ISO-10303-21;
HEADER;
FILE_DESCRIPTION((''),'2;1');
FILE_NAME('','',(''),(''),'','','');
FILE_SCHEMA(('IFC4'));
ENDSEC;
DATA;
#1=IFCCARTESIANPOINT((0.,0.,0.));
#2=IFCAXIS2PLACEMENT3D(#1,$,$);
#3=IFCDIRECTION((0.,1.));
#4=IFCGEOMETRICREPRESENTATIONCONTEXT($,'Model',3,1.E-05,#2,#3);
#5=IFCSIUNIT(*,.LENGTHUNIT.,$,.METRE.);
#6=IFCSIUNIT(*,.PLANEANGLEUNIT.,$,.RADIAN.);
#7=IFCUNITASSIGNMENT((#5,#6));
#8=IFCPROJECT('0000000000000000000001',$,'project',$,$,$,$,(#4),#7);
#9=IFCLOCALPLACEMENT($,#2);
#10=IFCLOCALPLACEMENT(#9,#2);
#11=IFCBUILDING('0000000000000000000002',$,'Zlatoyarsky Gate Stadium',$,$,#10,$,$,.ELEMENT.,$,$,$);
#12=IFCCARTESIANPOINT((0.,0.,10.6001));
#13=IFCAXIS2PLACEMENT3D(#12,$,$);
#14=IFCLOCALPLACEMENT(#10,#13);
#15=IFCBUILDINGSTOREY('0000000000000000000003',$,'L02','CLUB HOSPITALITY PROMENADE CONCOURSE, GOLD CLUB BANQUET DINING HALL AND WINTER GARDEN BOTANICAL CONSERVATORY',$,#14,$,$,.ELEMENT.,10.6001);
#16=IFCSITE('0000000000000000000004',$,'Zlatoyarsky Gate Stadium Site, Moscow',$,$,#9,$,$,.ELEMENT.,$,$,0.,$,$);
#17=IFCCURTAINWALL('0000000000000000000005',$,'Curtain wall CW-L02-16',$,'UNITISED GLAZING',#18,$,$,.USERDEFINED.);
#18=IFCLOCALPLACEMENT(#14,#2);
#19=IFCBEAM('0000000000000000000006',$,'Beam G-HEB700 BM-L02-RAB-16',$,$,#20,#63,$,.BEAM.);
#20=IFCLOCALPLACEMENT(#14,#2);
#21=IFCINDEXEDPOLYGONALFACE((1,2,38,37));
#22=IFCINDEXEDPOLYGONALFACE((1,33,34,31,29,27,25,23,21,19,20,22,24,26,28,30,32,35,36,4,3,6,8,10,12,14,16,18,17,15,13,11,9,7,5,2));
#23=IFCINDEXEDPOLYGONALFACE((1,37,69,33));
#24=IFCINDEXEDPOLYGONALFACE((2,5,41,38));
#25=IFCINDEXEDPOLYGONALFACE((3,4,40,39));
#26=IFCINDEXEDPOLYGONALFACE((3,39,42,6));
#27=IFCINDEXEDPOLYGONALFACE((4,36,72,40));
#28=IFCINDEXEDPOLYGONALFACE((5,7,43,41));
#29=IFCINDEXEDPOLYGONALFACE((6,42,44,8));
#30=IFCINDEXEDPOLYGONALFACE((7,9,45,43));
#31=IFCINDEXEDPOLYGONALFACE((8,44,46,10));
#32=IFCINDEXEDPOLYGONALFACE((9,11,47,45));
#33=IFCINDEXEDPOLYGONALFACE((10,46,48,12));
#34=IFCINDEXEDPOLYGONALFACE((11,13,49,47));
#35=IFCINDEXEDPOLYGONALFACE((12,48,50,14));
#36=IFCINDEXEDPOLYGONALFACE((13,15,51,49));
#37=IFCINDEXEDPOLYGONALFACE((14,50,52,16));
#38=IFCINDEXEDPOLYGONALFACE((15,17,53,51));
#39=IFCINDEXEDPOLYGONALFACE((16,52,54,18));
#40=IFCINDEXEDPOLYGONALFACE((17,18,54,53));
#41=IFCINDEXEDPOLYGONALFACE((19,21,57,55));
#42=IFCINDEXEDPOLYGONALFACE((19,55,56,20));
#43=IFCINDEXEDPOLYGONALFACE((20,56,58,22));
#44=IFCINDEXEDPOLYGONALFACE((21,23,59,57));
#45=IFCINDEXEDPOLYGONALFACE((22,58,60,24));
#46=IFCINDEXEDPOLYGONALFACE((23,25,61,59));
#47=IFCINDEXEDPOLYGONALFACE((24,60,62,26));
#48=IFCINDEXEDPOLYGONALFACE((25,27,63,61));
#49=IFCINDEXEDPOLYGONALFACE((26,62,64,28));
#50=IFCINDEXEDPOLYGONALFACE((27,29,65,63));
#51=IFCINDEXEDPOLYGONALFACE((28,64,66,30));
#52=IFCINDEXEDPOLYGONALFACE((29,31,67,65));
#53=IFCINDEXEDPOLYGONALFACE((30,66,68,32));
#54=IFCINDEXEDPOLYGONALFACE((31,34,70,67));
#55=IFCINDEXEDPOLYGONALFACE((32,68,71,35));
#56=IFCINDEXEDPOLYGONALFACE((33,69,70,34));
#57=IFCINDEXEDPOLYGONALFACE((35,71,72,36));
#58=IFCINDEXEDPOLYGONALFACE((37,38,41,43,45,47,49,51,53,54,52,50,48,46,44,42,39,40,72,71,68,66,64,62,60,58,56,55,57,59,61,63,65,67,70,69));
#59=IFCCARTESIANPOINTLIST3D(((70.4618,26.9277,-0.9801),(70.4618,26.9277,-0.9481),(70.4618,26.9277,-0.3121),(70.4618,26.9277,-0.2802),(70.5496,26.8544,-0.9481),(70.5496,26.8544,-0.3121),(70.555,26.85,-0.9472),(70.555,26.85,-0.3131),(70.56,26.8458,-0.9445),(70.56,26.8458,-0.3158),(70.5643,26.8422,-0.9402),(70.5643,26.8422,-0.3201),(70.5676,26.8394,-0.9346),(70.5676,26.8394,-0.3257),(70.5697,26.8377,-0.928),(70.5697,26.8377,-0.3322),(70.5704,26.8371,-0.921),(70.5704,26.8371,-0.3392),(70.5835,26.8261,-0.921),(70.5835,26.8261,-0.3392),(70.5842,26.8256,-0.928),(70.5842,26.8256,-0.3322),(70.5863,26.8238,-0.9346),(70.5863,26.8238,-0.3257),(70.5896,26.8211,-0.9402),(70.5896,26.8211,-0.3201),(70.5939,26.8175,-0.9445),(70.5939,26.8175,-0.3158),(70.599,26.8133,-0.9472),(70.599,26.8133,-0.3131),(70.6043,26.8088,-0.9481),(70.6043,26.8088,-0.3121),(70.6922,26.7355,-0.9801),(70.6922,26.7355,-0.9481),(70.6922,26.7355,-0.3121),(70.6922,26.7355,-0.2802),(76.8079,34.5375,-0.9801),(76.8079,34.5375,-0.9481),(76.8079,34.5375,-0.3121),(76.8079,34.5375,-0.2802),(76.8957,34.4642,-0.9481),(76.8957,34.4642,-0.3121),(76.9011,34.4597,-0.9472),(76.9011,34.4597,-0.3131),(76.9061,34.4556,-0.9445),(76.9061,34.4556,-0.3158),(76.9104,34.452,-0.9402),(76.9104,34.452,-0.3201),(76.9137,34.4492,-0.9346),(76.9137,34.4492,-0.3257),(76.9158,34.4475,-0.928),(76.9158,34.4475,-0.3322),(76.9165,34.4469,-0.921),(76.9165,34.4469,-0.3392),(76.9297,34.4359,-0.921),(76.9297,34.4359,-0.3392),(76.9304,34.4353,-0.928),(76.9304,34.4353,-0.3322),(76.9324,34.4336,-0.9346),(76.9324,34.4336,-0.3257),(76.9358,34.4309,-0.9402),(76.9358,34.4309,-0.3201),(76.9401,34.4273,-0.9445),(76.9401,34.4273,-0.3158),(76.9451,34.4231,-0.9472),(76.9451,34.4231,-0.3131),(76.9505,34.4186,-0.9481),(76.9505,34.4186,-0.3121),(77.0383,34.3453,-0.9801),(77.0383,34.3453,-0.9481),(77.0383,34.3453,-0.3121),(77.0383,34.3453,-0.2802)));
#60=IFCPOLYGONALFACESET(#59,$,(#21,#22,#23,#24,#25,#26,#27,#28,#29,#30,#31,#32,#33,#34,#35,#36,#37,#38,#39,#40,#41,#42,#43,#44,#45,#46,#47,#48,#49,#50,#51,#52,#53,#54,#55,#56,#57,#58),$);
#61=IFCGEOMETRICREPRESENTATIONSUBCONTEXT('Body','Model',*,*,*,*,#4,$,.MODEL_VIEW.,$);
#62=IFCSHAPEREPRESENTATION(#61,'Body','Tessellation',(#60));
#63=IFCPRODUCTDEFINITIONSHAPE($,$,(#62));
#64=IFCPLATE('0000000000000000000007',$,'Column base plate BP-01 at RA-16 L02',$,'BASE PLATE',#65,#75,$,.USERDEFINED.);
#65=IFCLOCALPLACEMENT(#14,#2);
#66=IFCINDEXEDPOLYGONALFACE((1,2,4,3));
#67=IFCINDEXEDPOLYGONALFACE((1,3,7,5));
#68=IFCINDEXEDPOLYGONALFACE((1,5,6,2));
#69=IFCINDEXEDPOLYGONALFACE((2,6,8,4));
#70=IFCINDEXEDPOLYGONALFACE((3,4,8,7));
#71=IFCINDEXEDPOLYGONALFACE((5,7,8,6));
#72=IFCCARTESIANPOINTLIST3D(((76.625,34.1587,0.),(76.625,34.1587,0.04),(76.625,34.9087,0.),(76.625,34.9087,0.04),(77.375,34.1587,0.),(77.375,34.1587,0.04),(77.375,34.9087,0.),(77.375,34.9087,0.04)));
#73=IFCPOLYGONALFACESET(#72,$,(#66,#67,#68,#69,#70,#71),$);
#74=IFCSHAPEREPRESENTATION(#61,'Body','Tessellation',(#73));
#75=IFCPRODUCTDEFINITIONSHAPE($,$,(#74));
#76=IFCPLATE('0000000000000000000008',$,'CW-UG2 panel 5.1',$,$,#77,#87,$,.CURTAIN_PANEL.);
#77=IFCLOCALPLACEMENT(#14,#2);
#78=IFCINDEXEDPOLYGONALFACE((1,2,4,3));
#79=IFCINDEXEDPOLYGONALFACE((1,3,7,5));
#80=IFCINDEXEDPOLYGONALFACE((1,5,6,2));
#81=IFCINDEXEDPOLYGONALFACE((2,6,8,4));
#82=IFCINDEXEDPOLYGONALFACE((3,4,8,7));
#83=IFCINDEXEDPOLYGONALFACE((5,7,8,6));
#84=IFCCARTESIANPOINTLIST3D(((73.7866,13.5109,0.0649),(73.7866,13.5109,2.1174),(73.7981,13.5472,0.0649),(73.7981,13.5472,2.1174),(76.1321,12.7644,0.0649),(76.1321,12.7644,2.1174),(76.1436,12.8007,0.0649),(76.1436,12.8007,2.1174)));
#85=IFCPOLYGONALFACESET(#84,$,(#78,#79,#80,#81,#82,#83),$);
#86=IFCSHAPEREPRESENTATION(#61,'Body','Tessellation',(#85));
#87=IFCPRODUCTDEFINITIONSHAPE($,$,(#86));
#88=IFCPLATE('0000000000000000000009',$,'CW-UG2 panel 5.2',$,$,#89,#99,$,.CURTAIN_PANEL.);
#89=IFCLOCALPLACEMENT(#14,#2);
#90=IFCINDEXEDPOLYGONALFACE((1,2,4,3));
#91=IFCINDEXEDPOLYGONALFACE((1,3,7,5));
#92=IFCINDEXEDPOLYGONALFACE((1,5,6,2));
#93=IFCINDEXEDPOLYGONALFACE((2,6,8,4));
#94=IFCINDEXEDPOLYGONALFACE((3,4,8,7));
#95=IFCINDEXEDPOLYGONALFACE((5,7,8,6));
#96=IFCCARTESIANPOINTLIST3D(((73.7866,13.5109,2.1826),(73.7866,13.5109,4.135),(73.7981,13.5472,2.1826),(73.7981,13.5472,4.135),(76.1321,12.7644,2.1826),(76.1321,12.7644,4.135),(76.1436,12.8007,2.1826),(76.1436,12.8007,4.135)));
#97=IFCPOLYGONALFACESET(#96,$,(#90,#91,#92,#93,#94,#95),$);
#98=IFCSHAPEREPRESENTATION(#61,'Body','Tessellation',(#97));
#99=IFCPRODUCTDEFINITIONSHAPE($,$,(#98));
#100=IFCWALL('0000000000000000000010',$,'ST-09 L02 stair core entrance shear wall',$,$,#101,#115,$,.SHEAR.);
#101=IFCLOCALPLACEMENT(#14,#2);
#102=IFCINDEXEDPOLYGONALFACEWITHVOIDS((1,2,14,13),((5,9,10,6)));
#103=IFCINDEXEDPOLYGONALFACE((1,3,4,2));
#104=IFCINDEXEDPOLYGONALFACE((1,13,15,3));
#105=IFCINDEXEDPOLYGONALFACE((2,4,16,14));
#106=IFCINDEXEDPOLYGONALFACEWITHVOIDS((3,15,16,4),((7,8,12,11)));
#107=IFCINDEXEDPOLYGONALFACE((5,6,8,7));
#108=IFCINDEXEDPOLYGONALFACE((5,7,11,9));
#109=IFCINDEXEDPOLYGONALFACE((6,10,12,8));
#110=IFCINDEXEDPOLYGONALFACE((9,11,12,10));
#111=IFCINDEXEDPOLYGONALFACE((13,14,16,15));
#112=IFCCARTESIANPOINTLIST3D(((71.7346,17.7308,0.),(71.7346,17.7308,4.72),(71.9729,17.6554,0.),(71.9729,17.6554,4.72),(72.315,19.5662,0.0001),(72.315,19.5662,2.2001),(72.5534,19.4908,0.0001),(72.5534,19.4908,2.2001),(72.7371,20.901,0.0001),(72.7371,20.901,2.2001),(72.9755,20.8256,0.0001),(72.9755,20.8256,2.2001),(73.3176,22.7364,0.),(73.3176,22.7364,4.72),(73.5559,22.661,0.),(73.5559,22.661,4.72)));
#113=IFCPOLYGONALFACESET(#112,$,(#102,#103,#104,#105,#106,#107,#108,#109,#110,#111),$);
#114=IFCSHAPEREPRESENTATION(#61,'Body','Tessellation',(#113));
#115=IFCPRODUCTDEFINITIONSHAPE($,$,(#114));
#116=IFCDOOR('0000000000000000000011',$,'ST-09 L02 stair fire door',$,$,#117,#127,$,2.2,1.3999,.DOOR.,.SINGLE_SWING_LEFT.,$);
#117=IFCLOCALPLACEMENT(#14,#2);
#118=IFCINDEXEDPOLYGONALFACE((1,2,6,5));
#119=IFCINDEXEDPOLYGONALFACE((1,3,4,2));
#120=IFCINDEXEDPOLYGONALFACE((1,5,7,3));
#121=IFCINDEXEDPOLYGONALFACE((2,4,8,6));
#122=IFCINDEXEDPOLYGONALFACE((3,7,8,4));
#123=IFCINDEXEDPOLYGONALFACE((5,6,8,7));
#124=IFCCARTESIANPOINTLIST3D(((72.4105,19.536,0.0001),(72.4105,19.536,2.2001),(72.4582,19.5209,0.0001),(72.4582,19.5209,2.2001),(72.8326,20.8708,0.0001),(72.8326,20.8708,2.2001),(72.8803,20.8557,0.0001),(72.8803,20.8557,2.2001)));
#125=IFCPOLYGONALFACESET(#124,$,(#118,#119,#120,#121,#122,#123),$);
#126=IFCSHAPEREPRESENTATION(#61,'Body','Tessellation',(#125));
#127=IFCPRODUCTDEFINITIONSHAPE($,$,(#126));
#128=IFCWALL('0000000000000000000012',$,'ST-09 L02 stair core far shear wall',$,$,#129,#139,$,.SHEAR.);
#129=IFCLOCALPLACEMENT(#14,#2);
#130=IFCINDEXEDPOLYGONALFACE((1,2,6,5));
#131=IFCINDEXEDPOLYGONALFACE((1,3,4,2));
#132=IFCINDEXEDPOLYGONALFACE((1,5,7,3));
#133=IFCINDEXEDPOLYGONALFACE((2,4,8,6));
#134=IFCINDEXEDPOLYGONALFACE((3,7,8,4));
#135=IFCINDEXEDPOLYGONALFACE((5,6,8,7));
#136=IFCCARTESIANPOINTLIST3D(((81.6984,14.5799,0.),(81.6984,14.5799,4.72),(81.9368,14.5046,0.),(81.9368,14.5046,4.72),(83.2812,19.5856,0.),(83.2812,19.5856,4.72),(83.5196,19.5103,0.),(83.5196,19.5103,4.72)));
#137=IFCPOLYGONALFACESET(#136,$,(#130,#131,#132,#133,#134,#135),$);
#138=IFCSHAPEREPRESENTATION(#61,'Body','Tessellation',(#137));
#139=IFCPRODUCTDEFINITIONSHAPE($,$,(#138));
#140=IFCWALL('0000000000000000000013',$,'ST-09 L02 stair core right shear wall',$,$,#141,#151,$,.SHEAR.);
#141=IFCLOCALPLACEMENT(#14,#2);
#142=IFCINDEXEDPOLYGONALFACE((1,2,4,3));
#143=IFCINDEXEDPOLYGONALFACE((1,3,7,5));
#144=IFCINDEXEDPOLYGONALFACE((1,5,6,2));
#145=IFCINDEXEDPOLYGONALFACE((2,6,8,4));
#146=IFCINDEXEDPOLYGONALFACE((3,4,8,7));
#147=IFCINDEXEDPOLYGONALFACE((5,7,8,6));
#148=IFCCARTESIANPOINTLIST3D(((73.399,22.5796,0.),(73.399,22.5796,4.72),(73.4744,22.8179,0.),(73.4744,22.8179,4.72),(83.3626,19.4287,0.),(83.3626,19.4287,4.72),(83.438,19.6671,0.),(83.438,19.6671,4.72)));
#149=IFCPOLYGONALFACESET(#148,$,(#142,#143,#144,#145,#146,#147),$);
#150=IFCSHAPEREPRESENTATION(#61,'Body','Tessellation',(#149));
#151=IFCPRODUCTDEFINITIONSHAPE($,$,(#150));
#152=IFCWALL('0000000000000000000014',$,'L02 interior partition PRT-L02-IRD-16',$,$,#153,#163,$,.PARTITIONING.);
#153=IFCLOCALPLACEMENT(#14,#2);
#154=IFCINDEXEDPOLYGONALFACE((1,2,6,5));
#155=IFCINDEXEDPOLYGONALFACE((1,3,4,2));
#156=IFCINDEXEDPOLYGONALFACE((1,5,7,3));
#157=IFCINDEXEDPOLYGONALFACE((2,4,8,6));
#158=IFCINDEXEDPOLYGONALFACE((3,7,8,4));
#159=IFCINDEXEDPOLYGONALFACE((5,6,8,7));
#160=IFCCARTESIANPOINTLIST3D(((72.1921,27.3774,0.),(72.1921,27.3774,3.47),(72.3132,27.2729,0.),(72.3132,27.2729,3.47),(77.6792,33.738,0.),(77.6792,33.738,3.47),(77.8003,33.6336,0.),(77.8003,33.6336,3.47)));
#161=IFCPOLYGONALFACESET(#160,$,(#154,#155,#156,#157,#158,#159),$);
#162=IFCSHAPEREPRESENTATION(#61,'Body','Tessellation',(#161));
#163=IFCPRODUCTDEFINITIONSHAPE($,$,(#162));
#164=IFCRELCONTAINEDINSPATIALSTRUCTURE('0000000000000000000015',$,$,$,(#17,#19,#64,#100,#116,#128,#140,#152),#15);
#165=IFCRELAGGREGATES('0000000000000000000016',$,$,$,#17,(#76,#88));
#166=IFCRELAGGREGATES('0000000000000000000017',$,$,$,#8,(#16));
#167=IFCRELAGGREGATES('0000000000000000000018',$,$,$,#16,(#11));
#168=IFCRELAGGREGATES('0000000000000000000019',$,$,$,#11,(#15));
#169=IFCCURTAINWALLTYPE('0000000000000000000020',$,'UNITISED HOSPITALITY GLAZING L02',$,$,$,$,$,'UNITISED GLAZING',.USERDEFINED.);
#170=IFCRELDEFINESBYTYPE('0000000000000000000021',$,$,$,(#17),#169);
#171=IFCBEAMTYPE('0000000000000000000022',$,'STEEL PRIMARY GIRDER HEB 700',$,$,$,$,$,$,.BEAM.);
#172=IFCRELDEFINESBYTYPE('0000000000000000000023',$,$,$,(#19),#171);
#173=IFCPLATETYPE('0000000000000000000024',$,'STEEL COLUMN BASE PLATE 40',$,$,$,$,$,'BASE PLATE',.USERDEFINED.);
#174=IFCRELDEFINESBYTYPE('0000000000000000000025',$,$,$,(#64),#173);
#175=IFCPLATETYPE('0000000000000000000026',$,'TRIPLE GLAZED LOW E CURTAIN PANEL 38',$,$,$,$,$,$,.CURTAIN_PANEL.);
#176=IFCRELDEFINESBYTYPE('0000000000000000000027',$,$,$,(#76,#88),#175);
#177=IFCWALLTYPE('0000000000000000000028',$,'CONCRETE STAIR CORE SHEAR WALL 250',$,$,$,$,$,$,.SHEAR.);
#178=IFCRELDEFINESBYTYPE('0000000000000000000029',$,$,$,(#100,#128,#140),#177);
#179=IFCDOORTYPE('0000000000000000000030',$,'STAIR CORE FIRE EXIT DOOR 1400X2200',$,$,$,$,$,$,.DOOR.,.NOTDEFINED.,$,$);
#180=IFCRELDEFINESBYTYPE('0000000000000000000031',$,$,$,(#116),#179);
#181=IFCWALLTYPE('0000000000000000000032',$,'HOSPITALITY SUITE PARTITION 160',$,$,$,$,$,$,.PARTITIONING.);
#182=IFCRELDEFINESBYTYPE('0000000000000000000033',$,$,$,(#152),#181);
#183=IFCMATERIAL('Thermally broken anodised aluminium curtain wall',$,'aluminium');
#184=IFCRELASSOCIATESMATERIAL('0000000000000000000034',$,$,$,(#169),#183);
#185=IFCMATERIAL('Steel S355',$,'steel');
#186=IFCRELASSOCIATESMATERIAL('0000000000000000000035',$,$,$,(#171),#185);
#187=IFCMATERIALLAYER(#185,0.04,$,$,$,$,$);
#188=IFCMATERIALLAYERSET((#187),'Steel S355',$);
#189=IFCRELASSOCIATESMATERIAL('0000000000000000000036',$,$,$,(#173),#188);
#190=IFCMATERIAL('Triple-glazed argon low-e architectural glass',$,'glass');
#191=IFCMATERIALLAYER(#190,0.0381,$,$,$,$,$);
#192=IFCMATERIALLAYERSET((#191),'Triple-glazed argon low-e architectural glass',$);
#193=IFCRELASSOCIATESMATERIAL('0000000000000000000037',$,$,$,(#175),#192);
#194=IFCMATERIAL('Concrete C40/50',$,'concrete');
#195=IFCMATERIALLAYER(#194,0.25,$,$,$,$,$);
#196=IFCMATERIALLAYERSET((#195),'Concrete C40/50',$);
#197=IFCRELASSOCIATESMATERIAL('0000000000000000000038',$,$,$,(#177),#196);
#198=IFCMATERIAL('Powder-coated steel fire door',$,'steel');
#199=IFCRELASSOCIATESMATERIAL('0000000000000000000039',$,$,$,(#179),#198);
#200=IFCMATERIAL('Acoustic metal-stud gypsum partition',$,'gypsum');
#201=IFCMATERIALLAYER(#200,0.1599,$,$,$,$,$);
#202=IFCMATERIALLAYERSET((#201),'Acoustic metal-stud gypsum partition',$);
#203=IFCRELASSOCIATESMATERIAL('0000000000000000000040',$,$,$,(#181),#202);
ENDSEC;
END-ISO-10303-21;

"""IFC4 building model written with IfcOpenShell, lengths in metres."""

from ifc_helpers import new_model, si_unit, direction, frame, frame_2d, origin, origin_2d, place, context, subcontext, project, spatial, rectangle, i_section, extrude, material, layer, layer_set, material_profile, profile_set, type_object, element, fill, aggregate, save


model = new_model("IFC4")

# Units and contexts
model_context = context("Model", 3, precision=1e-05, world=origin(), true_north=direction((0.0, 1.0)))
body_context = subcontext(model_context, "Body", "Model", "MODEL_VIEW")
ifc_project = project(units=[si_unit("LENGTHUNIT", "METRE"), si_unit("PLANEANGLEUNIT", "RADIAN")], contexts=[model_context])

# Site, building, storey
site_placement = place(None, origin())
site = spatial("IfcSite", under=ifc_project, at=site_placement, Name="Zlatoyarsky Gate Stadium Site, Moscow", CompositionType="ELEMENT", RefElevation=0.0)
building_placement = place(site_placement, origin())
building = spatial("IfcBuilding", under=site, at=building_placement, Name="Zlatoyarsky Gate Stadium", CompositionType="ELEMENT")
storey_placement = place(building_placement, frame((0.0, 0.0, 10.6001)))
storey = spatial("IfcBuildingStorey", under=building, at=storey_placement, Name="L02", Description="CLUB HOSPITALITY PROMENADE CONCOURSE, GOLD CLUB BANQUET DINING HALL AND WINTER GARDEN BOTANICAL CONSERVATORY", CompositionType="ELEMENT", Elevation=10.6001)

# Shared definitions
ifc_material_1 = material(Name="Steel S355", Category="steel")

# Curtain wall
ifc_material_2 = material(Name="Thermally broken anodised aluminium curtain wall", Category="aluminium")
curtain_wall_type = type_object("IfcCurtainWallType", Name="UNITISED HOSPITALITY GLAZING L02", ElementType="UNITISED GLAZING", PredefinedType="USERDEFINED", material=ifc_material_2)
curtain_wall_placement = place(storey_placement, origin())
curtain_wall = element("IfcCurtainWall", 1, at=curtain_wall_placement, inside=storey, type_object=curtain_wall_type, Name="Curtain wall CW-L02-16", ObjectType="UNITISED GLAZING", PredefinedType="USERDEFINED")

# Beam
ifc_material_profile_1 = material_profile(ifc_material_1, i_section(OverallWidth=0.3, OverallDepth=0.7, WebThickness=0.0171, FlangeThickness=0.032, FilletRadius=0.0271, at=origin_2d()), Name="HEB 700")
ifc_profile_set_1 = profile_set([ifc_material_profile_1], Name="Steel S355")
beam_type_1 = type_object("IfcBeamType", Name="STEEL PRIMARY GIRDER HEB 700", PredefinedType="BEAM", material=ifc_profile_set_1)
beam_1_placement = place(storey_placement, frame((76.9231, 34.4414, -0.6301), z_axis=(-0.640461, -0.767991, 0.0), x_axis=(0.767991, -0.640461, 0.0)))
element("IfcBeam", 2, at=beam_1_placement, inside=storey, type_object=beam_type_1, Name="Beam G-HEB700 BM-L02-RAB-16", PredefinedType="BEAM", context=body_context, shape_type="SweptSolid", body=[
    extrude(i_section(OverallWidth=0.3, OverallDepth=0.7, WebThickness=0.0171, FlangeThickness=0.032, FilletRadius=0.0271, at=origin_2d()), origin(), (0.0, 0.0, 1.0), 9.9087),
])

# Plates
ifc_layer_1 = layer(ifc_material_1, 0.04)
ifc_layer_set_1 = layer_set([ifc_layer_1], Name="Steel S355")
plate_type_1 = type_object("IfcPlateType", Name="STEEL COLUMN BASE PLATE 40", ElementType="BASE PLATE", PredefinedType="USERDEFINED", material=ifc_layer_set_1)
plate_1_placement = place(storey_placement, frame((77.0, 34.5337, 0.0), z_axis=(0.0, 0.0, 1.0), x_axis=(1.0, 0.0, 0.0)))
element("IfcPlate", 3, at=plate_1_placement, inside=storey, type_object=plate_type_1, Name="Column base plate BP-01 at RA-16 L02", ObjectType="BASE PLATE", PredefinedType="USERDEFINED", context=body_context, shape_type="SweptSolid", body=[
    extrude(rectangle(XDim=0.75, YDim=0.75, at=origin_2d()), origin(), (0.0, 0.0, 1.0), 0.04),
])
ifc_material_3 = material(Name="Triple-glazed argon low-e architectural glass", Category="glass")
ifc_layer_2 = layer(ifc_material_3, 0.0381)
ifc_layer_set_2 = layer_set([ifc_layer_2], Name="Triple-glazed argon low-e architectural glass")
plate_type_2 = type_object("IfcPlateType", Name="TRIPLE GLAZED LOW E CURTAIN PANEL 38", PredefinedType="CURTAIN_PANEL", material=ifc_layer_set_2)
plate_2_placement = place(storey_placement, frame((74.9651, 13.1558, 0.0649), z_axis=(0.0, 0.0, 1.0), x_axis=(0.952902, -0.303278, 0.0)))
plate_2 = element("IfcPlate", 4, at=plate_2_placement, type_object=plate_type_2, Name="CW-UG2 panel 5.1", PredefinedType="CURTAIN_PANEL", context=body_context, shape_type="SweptSolid", body=[
    extrude(rectangle(XDim=2.4614, YDim=0.0381, at=origin_2d()), origin(), (0.0, 0.0, 1.0), 2.0525),
])
plate_3_placement = place(storey_placement, frame((74.9651, 13.1558, 2.1826), z_axis=(0.0, 0.0, 1.0), x_axis=(0.952902, -0.303278, 0.0)))
plate_3 = element("IfcPlate", 5, at=plate_3_placement, type_object=plate_type_2, Name="CW-UG2 panel 5.2", PredefinedType="CURTAIN_PANEL", context=body_context, shape_type="SweptSolid", body=[
    extrude(rectangle(XDim=2.4614, YDim=0.0381, at=origin_2d()), origin(), (0.0, 0.0, 1.0), 1.9524),
])
aggregate(curtain_wall, [plate_2, plate_3])

# Wall, opening, door
ifc_material_4 = material(Name="Concrete C40/50", Category="concrete")
ifc_layer_3 = layer(ifc_material_4, 0.25)
ifc_layer_set_3 = layer_set([ifc_layer_3], Name="Concrete C40/50")
wall_type_1 = type_object("IfcWallType", Name="CONCRETE STAIR CORE SHEAR WALL 250", PredefinedType="SHEAR", material=ifc_layer_set_3)
wall_1_placement = place(storey_placement, frame((73.4368, 22.6987, 0.0), z_axis=(0.0, 0.0, 1.0), x_axis=(-0.301527, -0.953457, 0.0)))
wall_1 = element("IfcWall", 6, at=wall_1_placement, inside=storey, type_object=wall_type_1, Name="ST-09 L02 stair core entrance shear wall", PredefinedType="SHEAR", context=body_context, shape_type="SweptSolid", body=[
    extrude(rectangle(XDim=5.25, YDim=0.25, at=frame_2d((2.625, 0.0))), origin(), (0.0, 0.0, 1.0), 4.72),
])
opening_1_placement = place(wall_1_placement, frame((1.925, 0.0, 0.0)))
opening_1 = element("IfcOpeningElement", 7, at=opening_1_placement, cuts=wall_1, PredefinedType="OPENING", context=body_context, shape_type="SweptSolid", body=[
    extrude(rectangle(XDim=1.3999, YDim=2.2, at=frame_2d((0.7, 1.1001))), frame((0.0, 0.135, 0.0), z_axis=(0.0, -1.0, 0.0), x_axis=(1.0, 0.0, 0.0)), (0.0, 0.0, 1.0), 0.27),
])
ifc_material_5 = material(Name="Powder-coated steel fire door", Category="steel")
door_type_1 = type_object("IfcDoorType", Name="STAIR CORE FIRE EXIT DOOR 1400X2200", OperationType="NOTDEFINED", PredefinedType="DOOR", material=ifc_material_5)
door_1_placement = place(opening_1_placement, frame((1.3999, 0.0, 0.0), z_axis=(0.0, 0.0, 1.0), x_axis=(-1.0, 0.0, 0.0)))
door_1 = element("IfcDoor", 8, at=door_1_placement, inside=storey, type_object=door_type_1, Name="ST-09 L02 stair fire door", OperationType="SINGLE_SWING_LEFT", OverallHeight=2.2, OverallWidth=1.3999, PredefinedType="DOOR", context=body_context, shape_type="SweptSolid", body=[
    extrude(rectangle(XDim=1.3999, YDim=2.2, at=frame_2d((0.7, 1.1001))), frame((0.0, 0.0249, 0.0), z_axis=(0.0, -1.0, 0.0), x_axis=(1.0, 0.0, 0.0)), (0.0, 0.0, 1.0), 0.05),
])
fill(opening_1, door_1)

# Walls
wall_2_placement = place(storey_placement, frame((81.8176, 14.5422, 0.0), z_axis=(0.0, 0.0, 1.0), x_axis=(0.301485, 0.953471, 0.0)))
element("IfcWall", 9, at=wall_2_placement, inside=storey, type_object=wall_type_1, Name="ST-09 L02 stair core far shear wall", PredefinedType="SHEAR", context=body_context, shape_type="SweptSolid", body=[
    extrude(rectangle(XDim=5.25, YDim=0.25, at=frame_2d((2.625, 0.0))), origin(), (0.0, 0.0, 1.0), 4.72),
])
wall_3_placement = place(storey_placement, frame((83.4004, 19.5479, 0.0), z_axis=(0.0, 0.0, 1.0), x_axis=(-0.95346, 0.30152, 0.0)))
element("IfcWall", 10, at=wall_3_placement, inside=storey, type_object=wall_type_1, Name="ST-09 L02 stair core right shear wall", PredefinedType="SHEAR", context=body_context, shape_type="SweptSolid", body=[
    extrude(rectangle(XDim=10.45, YDim=0.25, at=frame_2d((5.2251, 0.0))), origin(), (0.0, 0.0, 1.0), 4.72),
])
ifc_material_6 = material(Name="Acoustic metal-stud gypsum partition", Category="gypsum")
ifc_layer_4 = layer(ifc_material_6, 0.1599)
ifc_layer_set_4 = layer_set([ifc_layer_4], Name="Acoustic metal-stud gypsum partition")
wall_type_2 = type_object("IfcWallType", Name="HOSPITALITY SUITE PARTITION 160", PredefinedType="PARTITIONING", material=ifc_layer_set_4)
wall_4_placement = place(storey_placement, frame((77.7397, 33.6858, 0.0), z_axis=(0.0, 0.0, 1.0), x_axis=(-0.653198, -0.757187, 0.0)))
element("IfcWall", 11, at=wall_4_placement, inside=storey, type_object=wall_type_2, Name="L02 interior partition PRT-L02-IRD-16", PredefinedType="PARTITIONING", context=body_context, shape_type="SweptSolid", body=[
    extrude(rectangle(XDim=8.4004, YDim=0.1599, at=frame_2d((4.2002, 0.0))), origin(), (0.0, 0.0, 1.0), 3.47),
])

save(model, "model.ifc")
